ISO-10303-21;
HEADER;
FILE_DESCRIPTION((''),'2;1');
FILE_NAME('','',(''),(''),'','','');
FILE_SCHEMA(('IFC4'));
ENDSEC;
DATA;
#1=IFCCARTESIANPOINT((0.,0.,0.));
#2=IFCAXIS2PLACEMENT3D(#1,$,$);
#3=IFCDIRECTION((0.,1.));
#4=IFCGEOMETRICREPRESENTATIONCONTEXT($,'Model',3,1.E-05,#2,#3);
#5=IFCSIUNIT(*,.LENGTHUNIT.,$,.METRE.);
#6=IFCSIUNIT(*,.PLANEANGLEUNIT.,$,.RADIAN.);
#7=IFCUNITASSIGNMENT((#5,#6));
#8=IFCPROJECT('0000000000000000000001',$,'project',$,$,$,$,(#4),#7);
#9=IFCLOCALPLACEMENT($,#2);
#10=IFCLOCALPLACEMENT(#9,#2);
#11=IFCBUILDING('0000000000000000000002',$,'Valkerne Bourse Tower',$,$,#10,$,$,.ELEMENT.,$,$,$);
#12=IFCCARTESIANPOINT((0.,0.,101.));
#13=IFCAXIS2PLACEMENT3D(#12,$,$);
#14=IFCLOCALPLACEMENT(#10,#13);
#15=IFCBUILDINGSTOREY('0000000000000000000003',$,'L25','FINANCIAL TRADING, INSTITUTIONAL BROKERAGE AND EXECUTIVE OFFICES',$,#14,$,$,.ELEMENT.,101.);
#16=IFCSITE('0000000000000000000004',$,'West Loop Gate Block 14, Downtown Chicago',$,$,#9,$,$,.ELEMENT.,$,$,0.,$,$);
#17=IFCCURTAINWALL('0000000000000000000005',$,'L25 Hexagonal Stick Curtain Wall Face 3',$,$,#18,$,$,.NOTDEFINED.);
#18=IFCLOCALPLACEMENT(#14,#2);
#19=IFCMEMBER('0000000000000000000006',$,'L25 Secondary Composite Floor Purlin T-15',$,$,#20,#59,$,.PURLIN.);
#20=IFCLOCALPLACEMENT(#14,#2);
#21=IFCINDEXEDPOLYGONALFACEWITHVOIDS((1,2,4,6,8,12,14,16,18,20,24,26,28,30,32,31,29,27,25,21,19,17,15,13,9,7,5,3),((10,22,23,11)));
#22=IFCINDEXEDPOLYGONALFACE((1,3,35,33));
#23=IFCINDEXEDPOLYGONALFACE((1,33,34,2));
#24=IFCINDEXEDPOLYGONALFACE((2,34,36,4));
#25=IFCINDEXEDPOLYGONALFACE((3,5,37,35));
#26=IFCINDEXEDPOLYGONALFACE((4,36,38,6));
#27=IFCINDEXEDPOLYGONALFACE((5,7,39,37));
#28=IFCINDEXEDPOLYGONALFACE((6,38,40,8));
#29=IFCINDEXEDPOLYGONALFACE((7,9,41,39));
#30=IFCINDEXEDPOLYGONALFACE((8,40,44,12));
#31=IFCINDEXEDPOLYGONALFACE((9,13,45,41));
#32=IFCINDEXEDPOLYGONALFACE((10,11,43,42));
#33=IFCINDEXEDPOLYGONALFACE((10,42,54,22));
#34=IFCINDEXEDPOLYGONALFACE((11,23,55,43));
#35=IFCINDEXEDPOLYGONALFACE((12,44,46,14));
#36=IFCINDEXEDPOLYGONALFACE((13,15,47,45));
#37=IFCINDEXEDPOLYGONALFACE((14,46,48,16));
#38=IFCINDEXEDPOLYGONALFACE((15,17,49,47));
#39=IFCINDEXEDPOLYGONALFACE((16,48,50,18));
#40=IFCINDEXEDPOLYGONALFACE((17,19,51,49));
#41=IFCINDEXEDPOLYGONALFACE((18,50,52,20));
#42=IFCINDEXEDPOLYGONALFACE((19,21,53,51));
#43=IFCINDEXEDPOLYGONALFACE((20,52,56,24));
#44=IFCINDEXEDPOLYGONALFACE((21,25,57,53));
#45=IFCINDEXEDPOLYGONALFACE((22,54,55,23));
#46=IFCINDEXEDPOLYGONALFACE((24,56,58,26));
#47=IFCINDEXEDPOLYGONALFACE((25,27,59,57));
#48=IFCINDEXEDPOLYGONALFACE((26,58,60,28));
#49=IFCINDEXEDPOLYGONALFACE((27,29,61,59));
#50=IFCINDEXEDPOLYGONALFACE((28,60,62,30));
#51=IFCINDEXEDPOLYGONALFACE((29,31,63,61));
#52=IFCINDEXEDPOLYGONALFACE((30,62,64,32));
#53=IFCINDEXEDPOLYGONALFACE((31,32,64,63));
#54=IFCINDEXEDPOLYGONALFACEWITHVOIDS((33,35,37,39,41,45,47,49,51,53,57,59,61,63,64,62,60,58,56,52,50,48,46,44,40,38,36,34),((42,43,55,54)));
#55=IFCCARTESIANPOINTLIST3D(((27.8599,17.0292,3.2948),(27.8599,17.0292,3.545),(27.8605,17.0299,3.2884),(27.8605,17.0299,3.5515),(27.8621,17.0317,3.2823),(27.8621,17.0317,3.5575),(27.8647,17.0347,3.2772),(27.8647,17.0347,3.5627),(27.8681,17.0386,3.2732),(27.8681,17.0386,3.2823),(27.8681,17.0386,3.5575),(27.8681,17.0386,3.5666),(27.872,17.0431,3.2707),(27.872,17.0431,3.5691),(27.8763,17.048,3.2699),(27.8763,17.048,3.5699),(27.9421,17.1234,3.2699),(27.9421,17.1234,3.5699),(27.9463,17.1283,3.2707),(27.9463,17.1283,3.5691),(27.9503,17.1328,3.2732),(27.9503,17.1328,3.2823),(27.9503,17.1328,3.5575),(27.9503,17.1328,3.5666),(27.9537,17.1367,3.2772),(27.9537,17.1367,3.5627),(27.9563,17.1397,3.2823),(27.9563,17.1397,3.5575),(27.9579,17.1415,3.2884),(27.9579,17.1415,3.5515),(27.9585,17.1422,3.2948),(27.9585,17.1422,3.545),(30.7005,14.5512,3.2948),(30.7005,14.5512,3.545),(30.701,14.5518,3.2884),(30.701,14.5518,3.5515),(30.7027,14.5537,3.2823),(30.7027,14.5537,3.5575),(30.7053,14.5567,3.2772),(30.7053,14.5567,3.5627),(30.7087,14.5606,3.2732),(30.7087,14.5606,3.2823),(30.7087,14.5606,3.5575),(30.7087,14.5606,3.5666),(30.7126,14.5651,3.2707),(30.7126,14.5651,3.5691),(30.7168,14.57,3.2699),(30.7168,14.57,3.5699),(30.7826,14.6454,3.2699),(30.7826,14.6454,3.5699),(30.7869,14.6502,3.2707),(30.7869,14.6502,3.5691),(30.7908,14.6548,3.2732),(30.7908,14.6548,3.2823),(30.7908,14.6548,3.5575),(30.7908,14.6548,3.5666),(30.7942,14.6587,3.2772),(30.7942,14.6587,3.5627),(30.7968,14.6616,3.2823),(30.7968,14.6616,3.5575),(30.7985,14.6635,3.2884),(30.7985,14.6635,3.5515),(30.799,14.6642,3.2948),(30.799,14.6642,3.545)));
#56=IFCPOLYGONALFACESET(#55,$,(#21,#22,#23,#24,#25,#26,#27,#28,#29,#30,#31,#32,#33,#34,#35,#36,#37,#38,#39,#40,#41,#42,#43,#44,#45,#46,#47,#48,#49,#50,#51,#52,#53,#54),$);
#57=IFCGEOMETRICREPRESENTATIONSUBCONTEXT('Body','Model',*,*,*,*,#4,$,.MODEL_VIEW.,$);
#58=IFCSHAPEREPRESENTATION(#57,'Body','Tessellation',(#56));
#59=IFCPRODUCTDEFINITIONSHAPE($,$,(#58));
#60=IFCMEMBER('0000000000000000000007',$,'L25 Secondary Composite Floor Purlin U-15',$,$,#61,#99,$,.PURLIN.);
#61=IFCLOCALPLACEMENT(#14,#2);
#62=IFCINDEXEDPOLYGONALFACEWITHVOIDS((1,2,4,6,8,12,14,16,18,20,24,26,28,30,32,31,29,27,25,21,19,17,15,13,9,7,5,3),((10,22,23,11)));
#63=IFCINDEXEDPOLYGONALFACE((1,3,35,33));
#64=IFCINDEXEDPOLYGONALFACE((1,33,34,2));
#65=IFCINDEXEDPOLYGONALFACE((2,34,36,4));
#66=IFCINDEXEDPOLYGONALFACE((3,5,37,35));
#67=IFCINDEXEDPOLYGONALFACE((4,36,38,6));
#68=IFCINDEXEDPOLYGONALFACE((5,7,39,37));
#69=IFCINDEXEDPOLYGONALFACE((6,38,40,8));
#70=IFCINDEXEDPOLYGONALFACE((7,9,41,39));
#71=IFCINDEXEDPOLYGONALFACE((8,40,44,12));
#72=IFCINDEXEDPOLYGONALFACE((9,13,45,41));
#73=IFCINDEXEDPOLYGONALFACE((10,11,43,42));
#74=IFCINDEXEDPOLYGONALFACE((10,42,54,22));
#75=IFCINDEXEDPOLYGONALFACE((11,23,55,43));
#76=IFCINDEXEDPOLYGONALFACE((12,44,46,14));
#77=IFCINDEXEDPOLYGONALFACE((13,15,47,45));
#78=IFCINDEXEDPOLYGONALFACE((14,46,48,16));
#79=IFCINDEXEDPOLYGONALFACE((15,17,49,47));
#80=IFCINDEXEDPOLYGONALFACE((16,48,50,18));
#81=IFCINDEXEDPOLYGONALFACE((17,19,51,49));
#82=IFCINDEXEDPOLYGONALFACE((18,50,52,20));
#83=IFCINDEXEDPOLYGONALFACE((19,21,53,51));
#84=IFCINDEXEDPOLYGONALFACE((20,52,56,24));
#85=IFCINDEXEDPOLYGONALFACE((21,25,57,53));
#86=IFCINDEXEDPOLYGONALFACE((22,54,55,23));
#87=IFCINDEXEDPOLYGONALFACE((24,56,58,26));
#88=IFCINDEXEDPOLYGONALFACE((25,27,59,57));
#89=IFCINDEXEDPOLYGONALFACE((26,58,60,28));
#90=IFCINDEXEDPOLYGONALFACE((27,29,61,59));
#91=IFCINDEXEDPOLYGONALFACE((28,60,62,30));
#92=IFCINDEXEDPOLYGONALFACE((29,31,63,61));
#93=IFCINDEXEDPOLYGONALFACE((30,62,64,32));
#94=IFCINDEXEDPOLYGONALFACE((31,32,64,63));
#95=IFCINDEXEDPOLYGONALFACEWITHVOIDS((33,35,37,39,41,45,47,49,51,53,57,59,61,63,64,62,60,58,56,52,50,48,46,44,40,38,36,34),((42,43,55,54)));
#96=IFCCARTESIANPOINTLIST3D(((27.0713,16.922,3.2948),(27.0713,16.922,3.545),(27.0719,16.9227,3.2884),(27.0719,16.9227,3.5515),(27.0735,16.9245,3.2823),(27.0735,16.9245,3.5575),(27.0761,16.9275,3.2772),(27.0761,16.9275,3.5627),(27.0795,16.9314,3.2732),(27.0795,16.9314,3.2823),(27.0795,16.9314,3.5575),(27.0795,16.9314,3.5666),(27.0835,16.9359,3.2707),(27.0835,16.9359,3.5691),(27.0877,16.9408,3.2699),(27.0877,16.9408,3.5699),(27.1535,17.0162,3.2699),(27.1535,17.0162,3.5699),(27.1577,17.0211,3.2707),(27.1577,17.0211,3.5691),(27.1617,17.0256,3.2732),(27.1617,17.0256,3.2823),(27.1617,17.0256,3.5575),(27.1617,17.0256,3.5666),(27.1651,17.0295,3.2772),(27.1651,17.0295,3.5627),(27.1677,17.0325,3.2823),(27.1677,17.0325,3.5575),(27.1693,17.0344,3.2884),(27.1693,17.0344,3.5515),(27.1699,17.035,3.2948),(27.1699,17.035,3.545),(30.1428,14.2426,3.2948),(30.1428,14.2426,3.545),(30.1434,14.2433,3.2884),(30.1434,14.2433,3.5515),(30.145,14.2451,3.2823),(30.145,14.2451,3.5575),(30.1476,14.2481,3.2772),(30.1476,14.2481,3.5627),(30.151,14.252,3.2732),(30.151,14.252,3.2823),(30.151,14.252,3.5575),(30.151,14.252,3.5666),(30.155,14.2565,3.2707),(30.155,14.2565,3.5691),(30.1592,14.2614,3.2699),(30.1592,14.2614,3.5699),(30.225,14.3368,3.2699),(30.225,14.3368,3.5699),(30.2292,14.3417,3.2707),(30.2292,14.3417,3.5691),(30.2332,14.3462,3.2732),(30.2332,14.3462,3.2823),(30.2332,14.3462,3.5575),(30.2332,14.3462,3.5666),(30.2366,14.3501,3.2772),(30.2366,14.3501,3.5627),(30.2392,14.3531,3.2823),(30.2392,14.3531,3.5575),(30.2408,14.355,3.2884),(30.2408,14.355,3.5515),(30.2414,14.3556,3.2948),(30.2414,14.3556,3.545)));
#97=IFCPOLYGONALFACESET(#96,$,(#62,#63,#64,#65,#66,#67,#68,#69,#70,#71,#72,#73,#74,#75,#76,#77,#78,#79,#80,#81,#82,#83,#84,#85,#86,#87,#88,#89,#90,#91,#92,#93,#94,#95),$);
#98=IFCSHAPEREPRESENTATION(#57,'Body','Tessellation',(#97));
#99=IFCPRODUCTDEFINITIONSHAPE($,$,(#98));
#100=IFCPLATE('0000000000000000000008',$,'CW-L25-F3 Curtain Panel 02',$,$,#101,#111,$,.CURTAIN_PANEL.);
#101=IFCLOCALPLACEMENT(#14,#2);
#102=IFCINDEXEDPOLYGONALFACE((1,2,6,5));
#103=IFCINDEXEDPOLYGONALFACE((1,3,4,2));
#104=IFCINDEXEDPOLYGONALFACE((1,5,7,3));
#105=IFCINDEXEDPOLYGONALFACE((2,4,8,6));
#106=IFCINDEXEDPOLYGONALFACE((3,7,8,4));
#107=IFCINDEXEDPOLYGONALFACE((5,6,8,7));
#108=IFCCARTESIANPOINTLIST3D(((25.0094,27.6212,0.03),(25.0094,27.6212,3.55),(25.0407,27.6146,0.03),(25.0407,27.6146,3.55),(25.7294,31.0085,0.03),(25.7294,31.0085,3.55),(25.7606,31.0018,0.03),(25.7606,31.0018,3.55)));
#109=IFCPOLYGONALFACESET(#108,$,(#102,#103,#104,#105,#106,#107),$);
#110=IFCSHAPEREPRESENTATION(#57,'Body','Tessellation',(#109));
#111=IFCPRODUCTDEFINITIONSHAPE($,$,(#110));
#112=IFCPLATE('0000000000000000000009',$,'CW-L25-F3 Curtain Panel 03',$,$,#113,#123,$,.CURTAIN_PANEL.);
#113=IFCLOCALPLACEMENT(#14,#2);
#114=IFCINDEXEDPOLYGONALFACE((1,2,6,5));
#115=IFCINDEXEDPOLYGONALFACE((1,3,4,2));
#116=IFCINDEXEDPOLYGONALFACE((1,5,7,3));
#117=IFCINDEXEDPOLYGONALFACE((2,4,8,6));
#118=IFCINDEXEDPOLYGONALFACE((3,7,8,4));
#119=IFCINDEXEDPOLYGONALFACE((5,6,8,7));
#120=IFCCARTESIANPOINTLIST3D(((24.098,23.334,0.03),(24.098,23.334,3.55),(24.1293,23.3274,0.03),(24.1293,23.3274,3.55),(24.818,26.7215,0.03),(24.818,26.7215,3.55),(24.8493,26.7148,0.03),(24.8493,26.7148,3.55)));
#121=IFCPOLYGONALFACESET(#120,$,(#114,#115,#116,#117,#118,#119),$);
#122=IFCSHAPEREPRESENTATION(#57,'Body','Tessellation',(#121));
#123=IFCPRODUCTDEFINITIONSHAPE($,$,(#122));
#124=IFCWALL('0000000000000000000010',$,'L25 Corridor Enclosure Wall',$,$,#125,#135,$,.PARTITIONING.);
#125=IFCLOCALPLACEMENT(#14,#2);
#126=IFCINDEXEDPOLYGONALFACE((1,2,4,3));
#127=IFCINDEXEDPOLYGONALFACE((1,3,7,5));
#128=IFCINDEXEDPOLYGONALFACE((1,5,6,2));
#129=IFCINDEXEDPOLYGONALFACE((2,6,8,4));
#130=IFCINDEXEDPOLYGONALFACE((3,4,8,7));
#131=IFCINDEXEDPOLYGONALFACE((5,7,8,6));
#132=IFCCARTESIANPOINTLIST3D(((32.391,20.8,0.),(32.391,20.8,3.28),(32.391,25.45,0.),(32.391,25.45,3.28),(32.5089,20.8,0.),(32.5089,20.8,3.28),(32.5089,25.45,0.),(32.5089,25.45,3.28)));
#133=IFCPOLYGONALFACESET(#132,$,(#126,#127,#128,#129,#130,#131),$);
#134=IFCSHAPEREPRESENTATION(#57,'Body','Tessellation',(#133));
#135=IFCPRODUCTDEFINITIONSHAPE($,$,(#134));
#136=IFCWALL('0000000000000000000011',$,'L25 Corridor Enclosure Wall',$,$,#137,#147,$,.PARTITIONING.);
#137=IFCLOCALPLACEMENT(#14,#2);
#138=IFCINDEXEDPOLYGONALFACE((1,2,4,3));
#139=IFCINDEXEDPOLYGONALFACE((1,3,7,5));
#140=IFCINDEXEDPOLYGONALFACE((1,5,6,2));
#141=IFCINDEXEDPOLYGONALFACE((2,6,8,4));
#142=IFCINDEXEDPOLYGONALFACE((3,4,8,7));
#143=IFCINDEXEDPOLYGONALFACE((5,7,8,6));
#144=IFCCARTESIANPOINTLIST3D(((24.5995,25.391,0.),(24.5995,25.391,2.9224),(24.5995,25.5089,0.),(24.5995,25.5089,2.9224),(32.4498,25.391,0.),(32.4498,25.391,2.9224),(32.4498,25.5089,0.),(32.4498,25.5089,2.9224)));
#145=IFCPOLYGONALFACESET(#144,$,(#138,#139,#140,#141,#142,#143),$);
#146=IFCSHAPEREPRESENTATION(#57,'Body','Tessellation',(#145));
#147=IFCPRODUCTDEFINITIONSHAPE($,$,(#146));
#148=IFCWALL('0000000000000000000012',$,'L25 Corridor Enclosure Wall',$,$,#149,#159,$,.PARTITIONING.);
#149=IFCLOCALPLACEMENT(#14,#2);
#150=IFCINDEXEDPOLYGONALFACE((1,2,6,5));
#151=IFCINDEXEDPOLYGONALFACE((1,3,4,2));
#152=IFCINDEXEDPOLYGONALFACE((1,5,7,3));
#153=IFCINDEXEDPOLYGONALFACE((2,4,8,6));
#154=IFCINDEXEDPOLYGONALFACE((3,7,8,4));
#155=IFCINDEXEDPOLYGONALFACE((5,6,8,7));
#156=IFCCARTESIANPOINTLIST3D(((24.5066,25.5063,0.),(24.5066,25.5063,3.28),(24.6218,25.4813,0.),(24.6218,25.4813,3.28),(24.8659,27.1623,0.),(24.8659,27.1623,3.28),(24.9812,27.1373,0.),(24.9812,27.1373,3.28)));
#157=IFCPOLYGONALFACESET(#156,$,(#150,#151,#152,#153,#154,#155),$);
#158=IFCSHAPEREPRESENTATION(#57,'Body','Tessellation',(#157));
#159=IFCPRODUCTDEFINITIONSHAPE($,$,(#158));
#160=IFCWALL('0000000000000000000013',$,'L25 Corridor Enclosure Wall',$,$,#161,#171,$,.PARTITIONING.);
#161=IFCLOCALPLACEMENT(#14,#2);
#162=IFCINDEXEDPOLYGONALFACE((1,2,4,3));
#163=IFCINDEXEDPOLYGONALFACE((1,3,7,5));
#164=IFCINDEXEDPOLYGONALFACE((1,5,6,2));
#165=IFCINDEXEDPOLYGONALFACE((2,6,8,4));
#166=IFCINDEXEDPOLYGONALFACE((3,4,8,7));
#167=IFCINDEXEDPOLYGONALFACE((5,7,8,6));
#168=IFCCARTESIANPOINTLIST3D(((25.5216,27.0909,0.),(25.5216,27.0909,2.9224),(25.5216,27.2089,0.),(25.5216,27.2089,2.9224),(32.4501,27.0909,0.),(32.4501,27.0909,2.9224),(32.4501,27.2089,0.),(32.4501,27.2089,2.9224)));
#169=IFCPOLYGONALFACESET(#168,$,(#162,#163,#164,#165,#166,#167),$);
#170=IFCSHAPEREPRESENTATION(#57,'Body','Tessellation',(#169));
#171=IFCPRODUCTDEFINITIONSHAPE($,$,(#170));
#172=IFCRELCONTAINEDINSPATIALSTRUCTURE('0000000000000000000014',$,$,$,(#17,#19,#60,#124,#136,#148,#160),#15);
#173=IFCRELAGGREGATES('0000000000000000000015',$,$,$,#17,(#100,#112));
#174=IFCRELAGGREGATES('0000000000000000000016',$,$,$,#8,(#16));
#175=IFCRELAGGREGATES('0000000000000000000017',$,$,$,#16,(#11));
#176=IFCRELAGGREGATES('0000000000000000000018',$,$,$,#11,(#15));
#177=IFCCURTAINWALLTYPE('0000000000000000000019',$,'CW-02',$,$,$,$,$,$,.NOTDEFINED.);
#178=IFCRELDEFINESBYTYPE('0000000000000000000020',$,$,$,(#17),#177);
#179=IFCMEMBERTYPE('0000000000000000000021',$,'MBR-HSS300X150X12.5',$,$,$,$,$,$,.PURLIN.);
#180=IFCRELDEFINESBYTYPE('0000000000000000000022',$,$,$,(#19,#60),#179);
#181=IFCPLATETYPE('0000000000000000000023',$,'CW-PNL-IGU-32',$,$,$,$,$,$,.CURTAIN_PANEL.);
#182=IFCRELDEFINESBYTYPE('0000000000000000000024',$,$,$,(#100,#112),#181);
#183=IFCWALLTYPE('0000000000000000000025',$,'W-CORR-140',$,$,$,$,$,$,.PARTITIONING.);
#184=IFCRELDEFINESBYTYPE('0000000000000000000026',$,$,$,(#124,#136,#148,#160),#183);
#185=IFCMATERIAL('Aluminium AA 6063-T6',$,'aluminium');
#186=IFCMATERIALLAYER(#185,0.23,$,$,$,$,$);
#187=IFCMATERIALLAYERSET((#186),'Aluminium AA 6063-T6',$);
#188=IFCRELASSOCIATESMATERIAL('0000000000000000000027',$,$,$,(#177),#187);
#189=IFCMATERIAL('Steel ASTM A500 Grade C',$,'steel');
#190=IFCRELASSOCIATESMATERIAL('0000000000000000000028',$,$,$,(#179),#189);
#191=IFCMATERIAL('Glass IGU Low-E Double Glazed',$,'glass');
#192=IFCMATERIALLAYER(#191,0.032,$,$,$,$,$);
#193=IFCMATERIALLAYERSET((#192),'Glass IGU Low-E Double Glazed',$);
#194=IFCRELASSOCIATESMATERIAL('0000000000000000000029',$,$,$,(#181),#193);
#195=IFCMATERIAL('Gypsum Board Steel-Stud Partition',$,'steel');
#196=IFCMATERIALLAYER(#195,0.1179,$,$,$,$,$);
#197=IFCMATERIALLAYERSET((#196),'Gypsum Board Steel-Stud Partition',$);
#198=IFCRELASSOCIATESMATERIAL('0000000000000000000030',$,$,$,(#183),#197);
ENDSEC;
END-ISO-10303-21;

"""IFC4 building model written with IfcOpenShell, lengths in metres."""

from ifc_helpers import new_model, si_unit, direction, frame, frame_2d, origin, origin_2d, place, context, subcontext, project, spatial, rectangle, hollow_rectangle, extrude, material, layer, layer_set, material_profile, profile_set, type_object, element, aggregate, save


model = new_model("IFC4")

# Units and contexts
model_context = context("Model", 3, precision=1e-05, world=origin(), true_north=direction((0.0, 1.0)))
body_context = subcontext(model_context, "Body", "Model", "MODEL_VIEW")
ifc_project = project(units=[si_unit("LENGTHUNIT", "METRE"), si_unit("PLANEANGLEUNIT", "RADIAN")], contexts=[model_context])

# Site, building, storey
site_placement = place(None, origin())
site = spatial("IfcSite", under=ifc_project, at=site_placement, Name="West Loop Gate Block 14, Downtown Chicago", CompositionType="ELEMENT", RefElevation=0.0)
building_placement = place(site_placement, origin())
building = spatial("IfcBuilding", under=site, at=building_placement, Name="Valkerne Bourse Tower", CompositionType="ELEMENT")
storey_placement = place(building_placement, frame((0.0, 0.0, 101.0)))
storey = spatial("IfcBuildingStorey", under=building, at=storey_placement, Name="L25", Description="FINANCIAL TRADING, INSTITUTIONAL BROKERAGE AND EXECUTIVE OFFICES", CompositionType="ELEMENT", Elevation=101.0)

# Curtain wall
ifc_material_1 = material(Name="Aluminium AA 6063-T6", Category="aluminium")
ifc_layer_1 = layer(ifc_material_1, 0.23)
ifc_layer_set_1 = layer_set([ifc_layer_1], Name="Aluminium AA 6063-T6")
curtain_wall_type = type_object("IfcCurtainWallType", Name="CW-02", PredefinedType="NOTDEFINED", material=ifc_layer_set_1)
curtain_wall_1_placement = place(storey_placement, origin())
curtain_wall_1 = element("IfcCurtainWall", 1, at=curtain_wall_1_placement, inside=storey, type_object=curtain_wall_type, Name="L25 Hexagonal Stick Curtain Wall Face 3", PredefinedType="NOTDEFINED")

# Members
ifc_material_2 = material(Name="Steel ASTM A500 Grade C", Category="steel")
ifc_material_profile_1 = material_profile(ifc_material_2, hollow_rectangle(XDim=0.1499, YDim=0.3, WallThickness=0.0125, OuterFilletRadius=0.0249, at=origin_2d()), Name="HSS300X150X12.5")
ifc_profile_set_1 = profile_set([ifc_material_profile_1], Name="Steel ASTM A500 Grade C")
member_type_1 = type_object("IfcMemberType", Name="MBR-HSS300X150X12.5", PredefinedType="PURLIN", material=ifc_profile_set_1)
member_1_placement = place(storey_placement, frame((27.9092, 17.0857, 3.4199), z_axis=(0.753559, -0.65738, 0.0), x_axis=(0.65738, 0.753559, 0.0)))
element("IfcMember", 2, at=member_1_placement, inside=storey, type_object=member_type_1, Name="L25 Secondary Composite Floor Purlin T-15", PredefinedType="PURLIN", context=body_context, shape_type="SweptSolid", body=[
    extrude(hollow_rectangle(XDim=0.1499, YDim=0.3, WallThickness=0.0125, OuterFilletRadius=0.0249, at=origin_2d()), origin(), (0.0, 0.0, 1.0), 3.7695),
])
member_2_placement = place(storey_placement, frame((27.1206, 16.9785, 3.4199), z_axis=(0.753567, -0.657372, 0.0), x_axis=(0.657372, 0.753567, 0.0)))
element("IfcMember", 3, at=member_2_placement, inside=storey, type_object=member_type_1, Name="L25 Secondary Composite Floor Purlin U-15", PredefinedType="PURLIN", context=body_context, shape_type="SweptSolid", body=[
    extrude(hollow_rectangle(XDim=0.1499, YDim=0.3, WallThickness=0.0125, OuterFilletRadius=0.0249, at=origin_2d()), origin(), (0.0, 0.0, 1.0), 4.0759),
])

# Plates
ifc_material_3 = material(Name="Glass IGU Low-E Double Glazed", Category="glass")
ifc_layer_2 = layer(ifc_material_3, 0.032)
ifc_layer_set_2 = layer_set([ifc_layer_2], Name="Glass IGU Low-E Double Glazed")
plate_type = type_object("IfcPlateType", Name="CW-PNL-IGU-32", PredefinedType="CURTAIN_PANEL", material=ifc_layer_set_2)
plate_1_placement = place(storey_placement, frame((25.385, 29.3115, 0.03), z_axis=(0.0, 0.0, 1.0), x_axis=(-0.207918, -0.978146, 0.0)))
plate_1 = element("IfcPlate", 4, at=plate_1_placement, type_object=plate_type, Name="CW-L25-F3 Curtain Panel 02", PredefinedType="CURTAIN_PANEL", context=body_context, shape_type="SweptSolid", body=[
    extrude(rectangle(XDim=3.4629, YDim=0.032, at=origin_2d()), origin(), (0.0, 0.0, 1.0), 3.52),
])
plate_2_placement = place(storey_placement, frame((24.4736, 25.0244, 0.03), z_axis=(0.0, 0.0, 1.0), x_axis=(-0.207913, -0.978147, 0.0)))
plate_2 = element("IfcPlate", 5, at=plate_2_placement, type_object=plate_type, Name="CW-L25-F3 Curtain Panel 03", PredefinedType="CURTAIN_PANEL", context=body_context, shape_type="SweptSolid", body=[
    extrude(rectangle(XDim=3.4631, YDim=0.032, at=origin_2d()), origin(), (0.0, 0.0, 1.0), 3.52),
])
aggregate(curtain_wall_1, [plate_1, plate_2])

# Walls
ifc_material_4 = material(Name="Gypsum Board Steel-Stud Partition", Category="steel")
ifc_layer_3 = layer(ifc_material_4, 0.1179)
ifc_layer_set_3 = layer_set([ifc_layer_3], Name="Gypsum Board Steel-Stud Partition")
wall_type = type_object("IfcWallType", Name="W-CORR-140", PredefinedType="PARTITIONING", material=ifc_layer_set_3)
wall_1_placement = place(storey_placement, frame((32.45, 20.8, 0.0), z_axis=(0.0, 0.0, 1.0), x_axis=(0.0, 1.0, 0.0)))
element("IfcWall", 6, at=wall_1_placement, inside=storey, type_object=wall_type, Name="L25 Corridor Enclosure Wall", PredefinedType="PARTITIONING", context=body_context, shape_type="SweptSolid", body=[
    extrude(rectangle(XDim=4.6499, YDim=0.1179, at=frame_2d((2.325, 0.0))), origin(), (0.0, 0.0, 1.0), 3.28),
])
wall_2_placement = place(storey_placement, frame((32.45, 25.45, 0.0), z_axis=(0.0, 0.0, 1.0), x_axis=(-1.0, 0.0, 0.0)))
element("IfcWall", 7, at=wall_2_placement, inside=storey, type_object=wall_type, Name="L25 Corridor Enclosure Wall", PredefinedType="PARTITIONING", context=body_context, shape_type="SweptSolid", body=[
    extrude(rectangle(XDim=7.8503, YDim=0.1179, at=frame_2d((3.9253, 0.0))), origin(), (0.0, 0.0, 1.0), 2.9224),
])
wall_3_placement = place(storey_placement, frame((24.5642, 25.4939, 0.0), z_axis=(0.0, 0.0, 1.0), x_axis=(0.212077, 0.977253, 0.0)))
element("IfcWall", 8, at=wall_3_placement, inside=storey, type_object=wall_type, Name="L25 Corridor Enclosure Wall", PredefinedType="PARTITIONING", context=body_context, shape_type="SweptSolid", body=[
    extrude(rectangle(XDim=1.6946, YDim=0.1179, at=frame_2d((0.8472, 0.0))), origin(), (0.0, 0.0, 1.0), 3.28),
])
wall_4_placement = place(storey_placement, frame((25.5215, 27.1499, 0.0), z_axis=(0.0, 0.0, 1.0), x_axis=(1.0, 0.0, 0.0)))
element("IfcWall", 9, at=wall_4_placement, inside=storey, type_object=wall_type, Name="L25 Corridor Enclosure Wall", PredefinedType="PARTITIONING", context=body_context, shape_type="SweptSolid", body=[
    extrude(rectangle(XDim=6.9285, YDim=0.1179, at=frame_2d((3.4644, 0.0))), origin(), (0.0, 0.0, 1.0), 2.9224),
])

save(model, "model.ifc")
